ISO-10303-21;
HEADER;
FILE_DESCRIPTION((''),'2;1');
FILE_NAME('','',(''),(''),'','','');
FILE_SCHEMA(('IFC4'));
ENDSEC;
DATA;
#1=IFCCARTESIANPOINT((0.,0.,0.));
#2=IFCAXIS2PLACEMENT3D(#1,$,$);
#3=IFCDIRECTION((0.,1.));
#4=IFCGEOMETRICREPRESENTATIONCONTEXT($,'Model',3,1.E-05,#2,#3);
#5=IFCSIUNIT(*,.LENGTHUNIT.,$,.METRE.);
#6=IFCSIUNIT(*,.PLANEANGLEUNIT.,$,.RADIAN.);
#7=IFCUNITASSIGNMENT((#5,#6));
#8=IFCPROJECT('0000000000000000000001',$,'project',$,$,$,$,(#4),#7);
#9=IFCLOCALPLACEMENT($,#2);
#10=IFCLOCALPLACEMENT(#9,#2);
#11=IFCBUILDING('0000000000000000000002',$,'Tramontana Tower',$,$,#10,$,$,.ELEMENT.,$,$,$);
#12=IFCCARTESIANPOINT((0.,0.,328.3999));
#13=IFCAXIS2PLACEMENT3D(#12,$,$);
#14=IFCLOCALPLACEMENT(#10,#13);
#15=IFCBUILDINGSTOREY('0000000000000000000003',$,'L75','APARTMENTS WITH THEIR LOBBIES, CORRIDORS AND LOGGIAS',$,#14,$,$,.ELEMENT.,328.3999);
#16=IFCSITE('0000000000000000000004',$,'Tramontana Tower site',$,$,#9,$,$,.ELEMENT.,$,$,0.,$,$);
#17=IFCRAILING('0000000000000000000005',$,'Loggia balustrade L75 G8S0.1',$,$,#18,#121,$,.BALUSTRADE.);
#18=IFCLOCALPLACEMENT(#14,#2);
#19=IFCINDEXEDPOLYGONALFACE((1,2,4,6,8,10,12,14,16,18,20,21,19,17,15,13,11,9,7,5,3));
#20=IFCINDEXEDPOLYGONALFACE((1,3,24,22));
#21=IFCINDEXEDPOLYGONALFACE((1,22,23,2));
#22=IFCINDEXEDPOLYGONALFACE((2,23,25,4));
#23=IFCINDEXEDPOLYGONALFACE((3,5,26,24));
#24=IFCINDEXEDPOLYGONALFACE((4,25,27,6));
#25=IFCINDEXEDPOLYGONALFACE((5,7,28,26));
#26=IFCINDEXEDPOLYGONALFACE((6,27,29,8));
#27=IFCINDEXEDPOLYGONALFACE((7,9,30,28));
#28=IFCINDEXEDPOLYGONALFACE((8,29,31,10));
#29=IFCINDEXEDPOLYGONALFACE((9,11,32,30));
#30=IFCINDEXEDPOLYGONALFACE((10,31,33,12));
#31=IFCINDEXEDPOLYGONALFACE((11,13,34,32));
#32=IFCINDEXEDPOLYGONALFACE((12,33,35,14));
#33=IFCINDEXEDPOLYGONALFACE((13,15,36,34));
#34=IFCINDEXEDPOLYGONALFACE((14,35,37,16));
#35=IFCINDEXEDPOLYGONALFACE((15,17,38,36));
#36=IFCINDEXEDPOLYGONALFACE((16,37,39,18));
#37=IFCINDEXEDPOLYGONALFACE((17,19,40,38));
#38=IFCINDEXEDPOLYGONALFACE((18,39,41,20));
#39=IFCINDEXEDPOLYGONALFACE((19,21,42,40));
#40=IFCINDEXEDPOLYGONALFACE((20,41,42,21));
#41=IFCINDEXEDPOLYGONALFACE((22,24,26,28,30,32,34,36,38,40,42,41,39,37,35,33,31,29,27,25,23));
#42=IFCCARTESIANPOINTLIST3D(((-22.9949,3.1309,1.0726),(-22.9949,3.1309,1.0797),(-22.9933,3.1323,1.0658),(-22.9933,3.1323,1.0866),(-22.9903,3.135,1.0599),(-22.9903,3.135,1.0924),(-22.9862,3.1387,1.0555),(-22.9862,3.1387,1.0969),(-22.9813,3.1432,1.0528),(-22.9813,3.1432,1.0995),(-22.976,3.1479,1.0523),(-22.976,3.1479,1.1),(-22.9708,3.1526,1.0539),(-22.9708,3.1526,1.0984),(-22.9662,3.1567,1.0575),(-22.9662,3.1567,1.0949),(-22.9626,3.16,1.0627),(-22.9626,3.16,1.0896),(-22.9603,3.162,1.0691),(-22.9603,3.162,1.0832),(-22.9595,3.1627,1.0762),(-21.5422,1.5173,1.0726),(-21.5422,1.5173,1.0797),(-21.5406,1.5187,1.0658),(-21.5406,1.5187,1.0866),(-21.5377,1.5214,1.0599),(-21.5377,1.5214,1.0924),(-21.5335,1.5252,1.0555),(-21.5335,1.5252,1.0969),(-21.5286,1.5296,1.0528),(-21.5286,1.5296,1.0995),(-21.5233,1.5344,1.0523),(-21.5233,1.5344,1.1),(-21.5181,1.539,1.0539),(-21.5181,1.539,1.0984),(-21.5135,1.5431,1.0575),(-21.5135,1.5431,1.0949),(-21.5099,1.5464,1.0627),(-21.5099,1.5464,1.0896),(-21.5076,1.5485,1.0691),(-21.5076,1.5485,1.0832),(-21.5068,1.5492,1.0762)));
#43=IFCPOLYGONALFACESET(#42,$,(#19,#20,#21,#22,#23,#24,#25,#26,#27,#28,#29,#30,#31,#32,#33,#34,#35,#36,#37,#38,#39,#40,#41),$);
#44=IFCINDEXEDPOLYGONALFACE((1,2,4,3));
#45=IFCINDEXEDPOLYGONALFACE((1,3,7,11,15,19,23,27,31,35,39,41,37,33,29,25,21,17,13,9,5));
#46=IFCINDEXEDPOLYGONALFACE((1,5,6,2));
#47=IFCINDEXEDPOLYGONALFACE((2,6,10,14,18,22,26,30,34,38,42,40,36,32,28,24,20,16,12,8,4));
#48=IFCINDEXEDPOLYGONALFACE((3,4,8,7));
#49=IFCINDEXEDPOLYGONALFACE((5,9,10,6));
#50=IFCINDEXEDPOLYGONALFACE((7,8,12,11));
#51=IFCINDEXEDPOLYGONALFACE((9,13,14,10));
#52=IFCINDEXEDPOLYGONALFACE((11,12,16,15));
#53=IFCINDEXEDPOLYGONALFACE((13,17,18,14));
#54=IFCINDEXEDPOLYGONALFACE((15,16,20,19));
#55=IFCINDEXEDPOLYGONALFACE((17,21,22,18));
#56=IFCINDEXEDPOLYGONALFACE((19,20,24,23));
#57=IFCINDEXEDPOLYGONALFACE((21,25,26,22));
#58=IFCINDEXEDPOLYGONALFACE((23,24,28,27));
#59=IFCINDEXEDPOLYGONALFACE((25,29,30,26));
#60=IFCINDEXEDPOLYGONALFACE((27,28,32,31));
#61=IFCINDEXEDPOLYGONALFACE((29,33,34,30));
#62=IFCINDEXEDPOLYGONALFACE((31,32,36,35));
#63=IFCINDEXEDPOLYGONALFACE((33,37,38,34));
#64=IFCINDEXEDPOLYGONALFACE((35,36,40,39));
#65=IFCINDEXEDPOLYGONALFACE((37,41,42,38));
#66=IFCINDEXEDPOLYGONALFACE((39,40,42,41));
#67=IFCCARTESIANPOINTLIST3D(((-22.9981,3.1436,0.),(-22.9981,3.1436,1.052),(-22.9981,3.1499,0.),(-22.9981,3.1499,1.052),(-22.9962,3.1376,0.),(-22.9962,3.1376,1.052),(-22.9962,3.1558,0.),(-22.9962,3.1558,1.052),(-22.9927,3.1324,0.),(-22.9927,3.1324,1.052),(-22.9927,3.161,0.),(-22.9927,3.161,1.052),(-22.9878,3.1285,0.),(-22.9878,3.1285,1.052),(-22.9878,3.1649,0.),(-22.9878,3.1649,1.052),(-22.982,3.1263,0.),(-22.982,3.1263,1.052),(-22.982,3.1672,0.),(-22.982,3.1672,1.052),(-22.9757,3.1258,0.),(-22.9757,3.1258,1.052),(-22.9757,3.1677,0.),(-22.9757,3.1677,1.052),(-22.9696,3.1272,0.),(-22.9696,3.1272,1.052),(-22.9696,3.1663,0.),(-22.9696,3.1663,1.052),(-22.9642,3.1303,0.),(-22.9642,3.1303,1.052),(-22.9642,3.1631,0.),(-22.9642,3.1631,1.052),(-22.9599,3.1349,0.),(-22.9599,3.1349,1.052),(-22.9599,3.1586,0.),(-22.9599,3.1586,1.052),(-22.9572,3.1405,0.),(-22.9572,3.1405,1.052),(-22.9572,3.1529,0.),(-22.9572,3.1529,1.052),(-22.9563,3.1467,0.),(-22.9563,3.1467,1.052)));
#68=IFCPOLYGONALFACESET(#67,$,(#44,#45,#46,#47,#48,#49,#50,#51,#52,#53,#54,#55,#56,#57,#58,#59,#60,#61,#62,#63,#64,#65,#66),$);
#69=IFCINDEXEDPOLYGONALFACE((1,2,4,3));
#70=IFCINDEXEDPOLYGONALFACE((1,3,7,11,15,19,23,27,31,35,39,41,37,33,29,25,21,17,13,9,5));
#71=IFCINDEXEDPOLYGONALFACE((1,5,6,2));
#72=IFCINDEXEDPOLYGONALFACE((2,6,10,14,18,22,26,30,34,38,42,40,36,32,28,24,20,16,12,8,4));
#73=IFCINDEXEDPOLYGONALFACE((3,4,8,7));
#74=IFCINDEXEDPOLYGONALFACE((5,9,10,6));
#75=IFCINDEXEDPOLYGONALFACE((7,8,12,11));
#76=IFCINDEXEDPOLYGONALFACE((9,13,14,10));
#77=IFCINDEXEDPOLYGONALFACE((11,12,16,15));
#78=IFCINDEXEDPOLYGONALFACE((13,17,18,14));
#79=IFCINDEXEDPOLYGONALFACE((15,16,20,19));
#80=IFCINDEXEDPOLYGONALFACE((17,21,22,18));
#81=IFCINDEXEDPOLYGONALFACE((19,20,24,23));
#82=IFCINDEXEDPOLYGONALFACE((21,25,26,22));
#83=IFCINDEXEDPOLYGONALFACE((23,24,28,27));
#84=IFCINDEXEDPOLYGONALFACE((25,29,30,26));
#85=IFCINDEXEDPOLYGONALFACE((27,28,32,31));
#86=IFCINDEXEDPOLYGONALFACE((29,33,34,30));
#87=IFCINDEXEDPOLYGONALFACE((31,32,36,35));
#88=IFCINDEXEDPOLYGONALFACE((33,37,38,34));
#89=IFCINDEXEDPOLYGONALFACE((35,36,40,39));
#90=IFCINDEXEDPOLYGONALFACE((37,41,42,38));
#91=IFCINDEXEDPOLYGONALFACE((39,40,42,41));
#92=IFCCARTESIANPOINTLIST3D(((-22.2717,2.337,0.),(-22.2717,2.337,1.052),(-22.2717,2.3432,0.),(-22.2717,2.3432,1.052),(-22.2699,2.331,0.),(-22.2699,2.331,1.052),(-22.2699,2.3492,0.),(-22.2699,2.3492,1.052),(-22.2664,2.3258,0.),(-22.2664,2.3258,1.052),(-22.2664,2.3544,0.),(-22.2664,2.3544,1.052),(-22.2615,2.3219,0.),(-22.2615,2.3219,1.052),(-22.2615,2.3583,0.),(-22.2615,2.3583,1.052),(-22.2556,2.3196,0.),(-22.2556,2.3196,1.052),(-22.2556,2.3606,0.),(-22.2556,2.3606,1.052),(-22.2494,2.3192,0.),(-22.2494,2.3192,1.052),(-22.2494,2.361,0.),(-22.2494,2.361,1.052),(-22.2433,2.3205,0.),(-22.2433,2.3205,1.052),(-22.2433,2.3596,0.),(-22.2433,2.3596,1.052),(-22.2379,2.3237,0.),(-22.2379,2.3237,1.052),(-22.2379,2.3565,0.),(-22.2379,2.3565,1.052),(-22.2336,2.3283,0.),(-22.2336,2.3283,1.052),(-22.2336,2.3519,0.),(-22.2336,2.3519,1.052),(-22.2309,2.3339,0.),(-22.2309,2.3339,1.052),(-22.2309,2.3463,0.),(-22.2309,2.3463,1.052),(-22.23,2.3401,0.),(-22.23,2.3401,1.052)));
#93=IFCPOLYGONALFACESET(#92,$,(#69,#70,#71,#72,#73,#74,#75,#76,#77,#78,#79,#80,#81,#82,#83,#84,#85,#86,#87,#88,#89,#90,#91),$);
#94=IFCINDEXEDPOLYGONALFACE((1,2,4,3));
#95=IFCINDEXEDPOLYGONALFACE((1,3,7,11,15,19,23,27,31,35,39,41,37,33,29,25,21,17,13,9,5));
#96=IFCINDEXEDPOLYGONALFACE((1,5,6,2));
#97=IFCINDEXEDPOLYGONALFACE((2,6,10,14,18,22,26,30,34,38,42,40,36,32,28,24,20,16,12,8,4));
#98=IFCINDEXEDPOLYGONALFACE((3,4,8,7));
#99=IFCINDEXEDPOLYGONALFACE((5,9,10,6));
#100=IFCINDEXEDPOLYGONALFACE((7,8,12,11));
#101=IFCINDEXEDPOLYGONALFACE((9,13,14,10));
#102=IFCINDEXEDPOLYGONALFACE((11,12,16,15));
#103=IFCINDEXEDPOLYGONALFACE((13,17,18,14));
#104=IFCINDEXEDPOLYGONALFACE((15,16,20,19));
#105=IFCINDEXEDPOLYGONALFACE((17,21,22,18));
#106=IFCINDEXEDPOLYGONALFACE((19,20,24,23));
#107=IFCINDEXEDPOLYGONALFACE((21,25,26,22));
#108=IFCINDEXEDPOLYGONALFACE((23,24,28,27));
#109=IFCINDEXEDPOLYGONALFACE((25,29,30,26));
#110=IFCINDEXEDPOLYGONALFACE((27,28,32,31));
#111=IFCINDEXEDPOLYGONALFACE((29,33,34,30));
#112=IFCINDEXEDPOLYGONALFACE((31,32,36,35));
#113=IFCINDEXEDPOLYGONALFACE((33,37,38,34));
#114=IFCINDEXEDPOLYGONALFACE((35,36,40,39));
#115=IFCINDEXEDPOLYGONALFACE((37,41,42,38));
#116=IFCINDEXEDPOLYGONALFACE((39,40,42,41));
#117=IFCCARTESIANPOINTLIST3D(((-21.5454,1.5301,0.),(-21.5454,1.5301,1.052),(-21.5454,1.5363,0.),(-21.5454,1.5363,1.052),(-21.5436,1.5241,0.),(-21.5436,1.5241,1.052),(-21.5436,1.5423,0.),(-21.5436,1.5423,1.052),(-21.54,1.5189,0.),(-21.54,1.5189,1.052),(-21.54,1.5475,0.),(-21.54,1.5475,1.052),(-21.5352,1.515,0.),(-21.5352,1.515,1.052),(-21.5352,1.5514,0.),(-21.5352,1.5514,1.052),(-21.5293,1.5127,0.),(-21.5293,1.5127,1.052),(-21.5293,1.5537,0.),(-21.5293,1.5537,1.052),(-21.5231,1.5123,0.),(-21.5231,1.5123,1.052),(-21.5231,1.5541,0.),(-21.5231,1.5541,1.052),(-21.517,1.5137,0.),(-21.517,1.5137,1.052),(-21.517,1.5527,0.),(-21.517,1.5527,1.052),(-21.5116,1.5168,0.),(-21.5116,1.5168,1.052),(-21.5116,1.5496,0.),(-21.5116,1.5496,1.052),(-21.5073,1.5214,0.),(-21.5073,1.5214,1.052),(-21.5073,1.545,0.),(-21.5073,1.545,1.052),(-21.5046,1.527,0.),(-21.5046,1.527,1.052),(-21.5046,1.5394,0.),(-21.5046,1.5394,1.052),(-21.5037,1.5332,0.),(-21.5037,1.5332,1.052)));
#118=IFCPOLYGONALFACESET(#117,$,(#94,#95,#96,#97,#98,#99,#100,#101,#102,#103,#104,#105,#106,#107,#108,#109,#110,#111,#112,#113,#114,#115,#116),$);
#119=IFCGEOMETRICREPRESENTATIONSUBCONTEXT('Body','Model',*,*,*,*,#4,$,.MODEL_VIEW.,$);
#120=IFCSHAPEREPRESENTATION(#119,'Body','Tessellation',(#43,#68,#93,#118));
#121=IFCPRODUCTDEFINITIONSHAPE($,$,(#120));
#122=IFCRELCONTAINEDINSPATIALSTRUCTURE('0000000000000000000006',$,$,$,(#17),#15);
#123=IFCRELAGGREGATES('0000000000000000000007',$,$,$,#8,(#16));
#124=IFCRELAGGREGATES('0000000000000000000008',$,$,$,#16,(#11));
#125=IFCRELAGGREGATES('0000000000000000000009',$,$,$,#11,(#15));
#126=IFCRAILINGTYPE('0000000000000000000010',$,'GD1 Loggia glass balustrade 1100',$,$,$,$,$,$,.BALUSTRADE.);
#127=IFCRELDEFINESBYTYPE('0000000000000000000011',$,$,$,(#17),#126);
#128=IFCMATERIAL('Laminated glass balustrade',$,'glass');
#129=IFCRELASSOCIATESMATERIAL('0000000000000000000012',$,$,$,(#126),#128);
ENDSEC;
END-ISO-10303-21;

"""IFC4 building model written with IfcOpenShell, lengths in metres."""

from ifc_helpers import new_model, si_unit, direction, frame, origin, origin_2d, place, context, subcontext, project, spatial, circle, extrude, material, type_object, element, save


model = new_model("IFC4")

# Units and contexts
model_context = context("Model", 3, precision=1e-05, world=origin(), true_north=direction((0.0, 1.0)))
body_context = subcontext(model_context, "Body", "Model", "MODEL_VIEW")
ifc_project = project(units=[si_unit("LENGTHUNIT", "METRE"), si_unit("PLANEANGLEUNIT", "RADIAN")], contexts=[model_context])

# Site, building, storey
site_placement = place(None, origin())
site = spatial("IfcSite", under=ifc_project, at=site_placement, Name="Tramontana Tower site", CompositionType="ELEMENT", RefElevation=0.0)
building_placement = place(site_placement, origin())
building = spatial("IfcBuilding", under=site, at=building_placement, Name="Tramontana Tower", CompositionType="ELEMENT")
storey_placement = place(building_placement, frame((0.0, 0.0, 328.3999)))
storey = spatial("IfcBuildingStorey", under=building, at=storey_placement, Name="L75", Description="APARTMENTS WITH THEIR LOBBIES, CORRIDORS AND LOGGIAS", CompositionType="ELEMENT", Elevation=328.3999)

# Railing
ifc_material_1 = material(Name="Laminated glass balustrade", Category="glass")
railing_type = type_object("IfcRailingType", Name="GD1 Loggia glass balustrade 1100", PredefinedType="BALUSTRADE", material=ifc_material_1)
railing_1_placement = place(storey_placement, frame((-22.9773, 3.1467, 0.0)))
element("IfcRailing", 1, at=railing_1_placement, inside=storey, type_object=railing_type, Name="Loggia balustrade L75 G8S0.1", PredefinedType="BALUSTRADE", context=body_context, shape_type="SweptSolid", body=[
    extrude(circle(Radius=0.0239, at=origin_2d()), frame((0.0, 0.0, 1.0762), z_axis=(0.669083, -0.743188, 0.0), x_axis=(0.743188, 0.669083, 0.0)), (0.0, 0.0, 1.0), 2.1711),
    extrude(circle(Radius=0.021, at=origin_2d()), origin(), (0.0, 0.0, 1.0), 1.052),
    extrude(circle(Radius=0.021, at=origin_2d()), frame((0.7263, -0.8066, 0.0)), (0.0, 0.0, 1.0), 1.052),
    extrude(circle(Radius=0.021, at=origin_2d()), frame((1.4526, -1.6135, 0.0)), (0.0, 0.0, 1.0), 1.052),
])

save(model, "model.ifc")
